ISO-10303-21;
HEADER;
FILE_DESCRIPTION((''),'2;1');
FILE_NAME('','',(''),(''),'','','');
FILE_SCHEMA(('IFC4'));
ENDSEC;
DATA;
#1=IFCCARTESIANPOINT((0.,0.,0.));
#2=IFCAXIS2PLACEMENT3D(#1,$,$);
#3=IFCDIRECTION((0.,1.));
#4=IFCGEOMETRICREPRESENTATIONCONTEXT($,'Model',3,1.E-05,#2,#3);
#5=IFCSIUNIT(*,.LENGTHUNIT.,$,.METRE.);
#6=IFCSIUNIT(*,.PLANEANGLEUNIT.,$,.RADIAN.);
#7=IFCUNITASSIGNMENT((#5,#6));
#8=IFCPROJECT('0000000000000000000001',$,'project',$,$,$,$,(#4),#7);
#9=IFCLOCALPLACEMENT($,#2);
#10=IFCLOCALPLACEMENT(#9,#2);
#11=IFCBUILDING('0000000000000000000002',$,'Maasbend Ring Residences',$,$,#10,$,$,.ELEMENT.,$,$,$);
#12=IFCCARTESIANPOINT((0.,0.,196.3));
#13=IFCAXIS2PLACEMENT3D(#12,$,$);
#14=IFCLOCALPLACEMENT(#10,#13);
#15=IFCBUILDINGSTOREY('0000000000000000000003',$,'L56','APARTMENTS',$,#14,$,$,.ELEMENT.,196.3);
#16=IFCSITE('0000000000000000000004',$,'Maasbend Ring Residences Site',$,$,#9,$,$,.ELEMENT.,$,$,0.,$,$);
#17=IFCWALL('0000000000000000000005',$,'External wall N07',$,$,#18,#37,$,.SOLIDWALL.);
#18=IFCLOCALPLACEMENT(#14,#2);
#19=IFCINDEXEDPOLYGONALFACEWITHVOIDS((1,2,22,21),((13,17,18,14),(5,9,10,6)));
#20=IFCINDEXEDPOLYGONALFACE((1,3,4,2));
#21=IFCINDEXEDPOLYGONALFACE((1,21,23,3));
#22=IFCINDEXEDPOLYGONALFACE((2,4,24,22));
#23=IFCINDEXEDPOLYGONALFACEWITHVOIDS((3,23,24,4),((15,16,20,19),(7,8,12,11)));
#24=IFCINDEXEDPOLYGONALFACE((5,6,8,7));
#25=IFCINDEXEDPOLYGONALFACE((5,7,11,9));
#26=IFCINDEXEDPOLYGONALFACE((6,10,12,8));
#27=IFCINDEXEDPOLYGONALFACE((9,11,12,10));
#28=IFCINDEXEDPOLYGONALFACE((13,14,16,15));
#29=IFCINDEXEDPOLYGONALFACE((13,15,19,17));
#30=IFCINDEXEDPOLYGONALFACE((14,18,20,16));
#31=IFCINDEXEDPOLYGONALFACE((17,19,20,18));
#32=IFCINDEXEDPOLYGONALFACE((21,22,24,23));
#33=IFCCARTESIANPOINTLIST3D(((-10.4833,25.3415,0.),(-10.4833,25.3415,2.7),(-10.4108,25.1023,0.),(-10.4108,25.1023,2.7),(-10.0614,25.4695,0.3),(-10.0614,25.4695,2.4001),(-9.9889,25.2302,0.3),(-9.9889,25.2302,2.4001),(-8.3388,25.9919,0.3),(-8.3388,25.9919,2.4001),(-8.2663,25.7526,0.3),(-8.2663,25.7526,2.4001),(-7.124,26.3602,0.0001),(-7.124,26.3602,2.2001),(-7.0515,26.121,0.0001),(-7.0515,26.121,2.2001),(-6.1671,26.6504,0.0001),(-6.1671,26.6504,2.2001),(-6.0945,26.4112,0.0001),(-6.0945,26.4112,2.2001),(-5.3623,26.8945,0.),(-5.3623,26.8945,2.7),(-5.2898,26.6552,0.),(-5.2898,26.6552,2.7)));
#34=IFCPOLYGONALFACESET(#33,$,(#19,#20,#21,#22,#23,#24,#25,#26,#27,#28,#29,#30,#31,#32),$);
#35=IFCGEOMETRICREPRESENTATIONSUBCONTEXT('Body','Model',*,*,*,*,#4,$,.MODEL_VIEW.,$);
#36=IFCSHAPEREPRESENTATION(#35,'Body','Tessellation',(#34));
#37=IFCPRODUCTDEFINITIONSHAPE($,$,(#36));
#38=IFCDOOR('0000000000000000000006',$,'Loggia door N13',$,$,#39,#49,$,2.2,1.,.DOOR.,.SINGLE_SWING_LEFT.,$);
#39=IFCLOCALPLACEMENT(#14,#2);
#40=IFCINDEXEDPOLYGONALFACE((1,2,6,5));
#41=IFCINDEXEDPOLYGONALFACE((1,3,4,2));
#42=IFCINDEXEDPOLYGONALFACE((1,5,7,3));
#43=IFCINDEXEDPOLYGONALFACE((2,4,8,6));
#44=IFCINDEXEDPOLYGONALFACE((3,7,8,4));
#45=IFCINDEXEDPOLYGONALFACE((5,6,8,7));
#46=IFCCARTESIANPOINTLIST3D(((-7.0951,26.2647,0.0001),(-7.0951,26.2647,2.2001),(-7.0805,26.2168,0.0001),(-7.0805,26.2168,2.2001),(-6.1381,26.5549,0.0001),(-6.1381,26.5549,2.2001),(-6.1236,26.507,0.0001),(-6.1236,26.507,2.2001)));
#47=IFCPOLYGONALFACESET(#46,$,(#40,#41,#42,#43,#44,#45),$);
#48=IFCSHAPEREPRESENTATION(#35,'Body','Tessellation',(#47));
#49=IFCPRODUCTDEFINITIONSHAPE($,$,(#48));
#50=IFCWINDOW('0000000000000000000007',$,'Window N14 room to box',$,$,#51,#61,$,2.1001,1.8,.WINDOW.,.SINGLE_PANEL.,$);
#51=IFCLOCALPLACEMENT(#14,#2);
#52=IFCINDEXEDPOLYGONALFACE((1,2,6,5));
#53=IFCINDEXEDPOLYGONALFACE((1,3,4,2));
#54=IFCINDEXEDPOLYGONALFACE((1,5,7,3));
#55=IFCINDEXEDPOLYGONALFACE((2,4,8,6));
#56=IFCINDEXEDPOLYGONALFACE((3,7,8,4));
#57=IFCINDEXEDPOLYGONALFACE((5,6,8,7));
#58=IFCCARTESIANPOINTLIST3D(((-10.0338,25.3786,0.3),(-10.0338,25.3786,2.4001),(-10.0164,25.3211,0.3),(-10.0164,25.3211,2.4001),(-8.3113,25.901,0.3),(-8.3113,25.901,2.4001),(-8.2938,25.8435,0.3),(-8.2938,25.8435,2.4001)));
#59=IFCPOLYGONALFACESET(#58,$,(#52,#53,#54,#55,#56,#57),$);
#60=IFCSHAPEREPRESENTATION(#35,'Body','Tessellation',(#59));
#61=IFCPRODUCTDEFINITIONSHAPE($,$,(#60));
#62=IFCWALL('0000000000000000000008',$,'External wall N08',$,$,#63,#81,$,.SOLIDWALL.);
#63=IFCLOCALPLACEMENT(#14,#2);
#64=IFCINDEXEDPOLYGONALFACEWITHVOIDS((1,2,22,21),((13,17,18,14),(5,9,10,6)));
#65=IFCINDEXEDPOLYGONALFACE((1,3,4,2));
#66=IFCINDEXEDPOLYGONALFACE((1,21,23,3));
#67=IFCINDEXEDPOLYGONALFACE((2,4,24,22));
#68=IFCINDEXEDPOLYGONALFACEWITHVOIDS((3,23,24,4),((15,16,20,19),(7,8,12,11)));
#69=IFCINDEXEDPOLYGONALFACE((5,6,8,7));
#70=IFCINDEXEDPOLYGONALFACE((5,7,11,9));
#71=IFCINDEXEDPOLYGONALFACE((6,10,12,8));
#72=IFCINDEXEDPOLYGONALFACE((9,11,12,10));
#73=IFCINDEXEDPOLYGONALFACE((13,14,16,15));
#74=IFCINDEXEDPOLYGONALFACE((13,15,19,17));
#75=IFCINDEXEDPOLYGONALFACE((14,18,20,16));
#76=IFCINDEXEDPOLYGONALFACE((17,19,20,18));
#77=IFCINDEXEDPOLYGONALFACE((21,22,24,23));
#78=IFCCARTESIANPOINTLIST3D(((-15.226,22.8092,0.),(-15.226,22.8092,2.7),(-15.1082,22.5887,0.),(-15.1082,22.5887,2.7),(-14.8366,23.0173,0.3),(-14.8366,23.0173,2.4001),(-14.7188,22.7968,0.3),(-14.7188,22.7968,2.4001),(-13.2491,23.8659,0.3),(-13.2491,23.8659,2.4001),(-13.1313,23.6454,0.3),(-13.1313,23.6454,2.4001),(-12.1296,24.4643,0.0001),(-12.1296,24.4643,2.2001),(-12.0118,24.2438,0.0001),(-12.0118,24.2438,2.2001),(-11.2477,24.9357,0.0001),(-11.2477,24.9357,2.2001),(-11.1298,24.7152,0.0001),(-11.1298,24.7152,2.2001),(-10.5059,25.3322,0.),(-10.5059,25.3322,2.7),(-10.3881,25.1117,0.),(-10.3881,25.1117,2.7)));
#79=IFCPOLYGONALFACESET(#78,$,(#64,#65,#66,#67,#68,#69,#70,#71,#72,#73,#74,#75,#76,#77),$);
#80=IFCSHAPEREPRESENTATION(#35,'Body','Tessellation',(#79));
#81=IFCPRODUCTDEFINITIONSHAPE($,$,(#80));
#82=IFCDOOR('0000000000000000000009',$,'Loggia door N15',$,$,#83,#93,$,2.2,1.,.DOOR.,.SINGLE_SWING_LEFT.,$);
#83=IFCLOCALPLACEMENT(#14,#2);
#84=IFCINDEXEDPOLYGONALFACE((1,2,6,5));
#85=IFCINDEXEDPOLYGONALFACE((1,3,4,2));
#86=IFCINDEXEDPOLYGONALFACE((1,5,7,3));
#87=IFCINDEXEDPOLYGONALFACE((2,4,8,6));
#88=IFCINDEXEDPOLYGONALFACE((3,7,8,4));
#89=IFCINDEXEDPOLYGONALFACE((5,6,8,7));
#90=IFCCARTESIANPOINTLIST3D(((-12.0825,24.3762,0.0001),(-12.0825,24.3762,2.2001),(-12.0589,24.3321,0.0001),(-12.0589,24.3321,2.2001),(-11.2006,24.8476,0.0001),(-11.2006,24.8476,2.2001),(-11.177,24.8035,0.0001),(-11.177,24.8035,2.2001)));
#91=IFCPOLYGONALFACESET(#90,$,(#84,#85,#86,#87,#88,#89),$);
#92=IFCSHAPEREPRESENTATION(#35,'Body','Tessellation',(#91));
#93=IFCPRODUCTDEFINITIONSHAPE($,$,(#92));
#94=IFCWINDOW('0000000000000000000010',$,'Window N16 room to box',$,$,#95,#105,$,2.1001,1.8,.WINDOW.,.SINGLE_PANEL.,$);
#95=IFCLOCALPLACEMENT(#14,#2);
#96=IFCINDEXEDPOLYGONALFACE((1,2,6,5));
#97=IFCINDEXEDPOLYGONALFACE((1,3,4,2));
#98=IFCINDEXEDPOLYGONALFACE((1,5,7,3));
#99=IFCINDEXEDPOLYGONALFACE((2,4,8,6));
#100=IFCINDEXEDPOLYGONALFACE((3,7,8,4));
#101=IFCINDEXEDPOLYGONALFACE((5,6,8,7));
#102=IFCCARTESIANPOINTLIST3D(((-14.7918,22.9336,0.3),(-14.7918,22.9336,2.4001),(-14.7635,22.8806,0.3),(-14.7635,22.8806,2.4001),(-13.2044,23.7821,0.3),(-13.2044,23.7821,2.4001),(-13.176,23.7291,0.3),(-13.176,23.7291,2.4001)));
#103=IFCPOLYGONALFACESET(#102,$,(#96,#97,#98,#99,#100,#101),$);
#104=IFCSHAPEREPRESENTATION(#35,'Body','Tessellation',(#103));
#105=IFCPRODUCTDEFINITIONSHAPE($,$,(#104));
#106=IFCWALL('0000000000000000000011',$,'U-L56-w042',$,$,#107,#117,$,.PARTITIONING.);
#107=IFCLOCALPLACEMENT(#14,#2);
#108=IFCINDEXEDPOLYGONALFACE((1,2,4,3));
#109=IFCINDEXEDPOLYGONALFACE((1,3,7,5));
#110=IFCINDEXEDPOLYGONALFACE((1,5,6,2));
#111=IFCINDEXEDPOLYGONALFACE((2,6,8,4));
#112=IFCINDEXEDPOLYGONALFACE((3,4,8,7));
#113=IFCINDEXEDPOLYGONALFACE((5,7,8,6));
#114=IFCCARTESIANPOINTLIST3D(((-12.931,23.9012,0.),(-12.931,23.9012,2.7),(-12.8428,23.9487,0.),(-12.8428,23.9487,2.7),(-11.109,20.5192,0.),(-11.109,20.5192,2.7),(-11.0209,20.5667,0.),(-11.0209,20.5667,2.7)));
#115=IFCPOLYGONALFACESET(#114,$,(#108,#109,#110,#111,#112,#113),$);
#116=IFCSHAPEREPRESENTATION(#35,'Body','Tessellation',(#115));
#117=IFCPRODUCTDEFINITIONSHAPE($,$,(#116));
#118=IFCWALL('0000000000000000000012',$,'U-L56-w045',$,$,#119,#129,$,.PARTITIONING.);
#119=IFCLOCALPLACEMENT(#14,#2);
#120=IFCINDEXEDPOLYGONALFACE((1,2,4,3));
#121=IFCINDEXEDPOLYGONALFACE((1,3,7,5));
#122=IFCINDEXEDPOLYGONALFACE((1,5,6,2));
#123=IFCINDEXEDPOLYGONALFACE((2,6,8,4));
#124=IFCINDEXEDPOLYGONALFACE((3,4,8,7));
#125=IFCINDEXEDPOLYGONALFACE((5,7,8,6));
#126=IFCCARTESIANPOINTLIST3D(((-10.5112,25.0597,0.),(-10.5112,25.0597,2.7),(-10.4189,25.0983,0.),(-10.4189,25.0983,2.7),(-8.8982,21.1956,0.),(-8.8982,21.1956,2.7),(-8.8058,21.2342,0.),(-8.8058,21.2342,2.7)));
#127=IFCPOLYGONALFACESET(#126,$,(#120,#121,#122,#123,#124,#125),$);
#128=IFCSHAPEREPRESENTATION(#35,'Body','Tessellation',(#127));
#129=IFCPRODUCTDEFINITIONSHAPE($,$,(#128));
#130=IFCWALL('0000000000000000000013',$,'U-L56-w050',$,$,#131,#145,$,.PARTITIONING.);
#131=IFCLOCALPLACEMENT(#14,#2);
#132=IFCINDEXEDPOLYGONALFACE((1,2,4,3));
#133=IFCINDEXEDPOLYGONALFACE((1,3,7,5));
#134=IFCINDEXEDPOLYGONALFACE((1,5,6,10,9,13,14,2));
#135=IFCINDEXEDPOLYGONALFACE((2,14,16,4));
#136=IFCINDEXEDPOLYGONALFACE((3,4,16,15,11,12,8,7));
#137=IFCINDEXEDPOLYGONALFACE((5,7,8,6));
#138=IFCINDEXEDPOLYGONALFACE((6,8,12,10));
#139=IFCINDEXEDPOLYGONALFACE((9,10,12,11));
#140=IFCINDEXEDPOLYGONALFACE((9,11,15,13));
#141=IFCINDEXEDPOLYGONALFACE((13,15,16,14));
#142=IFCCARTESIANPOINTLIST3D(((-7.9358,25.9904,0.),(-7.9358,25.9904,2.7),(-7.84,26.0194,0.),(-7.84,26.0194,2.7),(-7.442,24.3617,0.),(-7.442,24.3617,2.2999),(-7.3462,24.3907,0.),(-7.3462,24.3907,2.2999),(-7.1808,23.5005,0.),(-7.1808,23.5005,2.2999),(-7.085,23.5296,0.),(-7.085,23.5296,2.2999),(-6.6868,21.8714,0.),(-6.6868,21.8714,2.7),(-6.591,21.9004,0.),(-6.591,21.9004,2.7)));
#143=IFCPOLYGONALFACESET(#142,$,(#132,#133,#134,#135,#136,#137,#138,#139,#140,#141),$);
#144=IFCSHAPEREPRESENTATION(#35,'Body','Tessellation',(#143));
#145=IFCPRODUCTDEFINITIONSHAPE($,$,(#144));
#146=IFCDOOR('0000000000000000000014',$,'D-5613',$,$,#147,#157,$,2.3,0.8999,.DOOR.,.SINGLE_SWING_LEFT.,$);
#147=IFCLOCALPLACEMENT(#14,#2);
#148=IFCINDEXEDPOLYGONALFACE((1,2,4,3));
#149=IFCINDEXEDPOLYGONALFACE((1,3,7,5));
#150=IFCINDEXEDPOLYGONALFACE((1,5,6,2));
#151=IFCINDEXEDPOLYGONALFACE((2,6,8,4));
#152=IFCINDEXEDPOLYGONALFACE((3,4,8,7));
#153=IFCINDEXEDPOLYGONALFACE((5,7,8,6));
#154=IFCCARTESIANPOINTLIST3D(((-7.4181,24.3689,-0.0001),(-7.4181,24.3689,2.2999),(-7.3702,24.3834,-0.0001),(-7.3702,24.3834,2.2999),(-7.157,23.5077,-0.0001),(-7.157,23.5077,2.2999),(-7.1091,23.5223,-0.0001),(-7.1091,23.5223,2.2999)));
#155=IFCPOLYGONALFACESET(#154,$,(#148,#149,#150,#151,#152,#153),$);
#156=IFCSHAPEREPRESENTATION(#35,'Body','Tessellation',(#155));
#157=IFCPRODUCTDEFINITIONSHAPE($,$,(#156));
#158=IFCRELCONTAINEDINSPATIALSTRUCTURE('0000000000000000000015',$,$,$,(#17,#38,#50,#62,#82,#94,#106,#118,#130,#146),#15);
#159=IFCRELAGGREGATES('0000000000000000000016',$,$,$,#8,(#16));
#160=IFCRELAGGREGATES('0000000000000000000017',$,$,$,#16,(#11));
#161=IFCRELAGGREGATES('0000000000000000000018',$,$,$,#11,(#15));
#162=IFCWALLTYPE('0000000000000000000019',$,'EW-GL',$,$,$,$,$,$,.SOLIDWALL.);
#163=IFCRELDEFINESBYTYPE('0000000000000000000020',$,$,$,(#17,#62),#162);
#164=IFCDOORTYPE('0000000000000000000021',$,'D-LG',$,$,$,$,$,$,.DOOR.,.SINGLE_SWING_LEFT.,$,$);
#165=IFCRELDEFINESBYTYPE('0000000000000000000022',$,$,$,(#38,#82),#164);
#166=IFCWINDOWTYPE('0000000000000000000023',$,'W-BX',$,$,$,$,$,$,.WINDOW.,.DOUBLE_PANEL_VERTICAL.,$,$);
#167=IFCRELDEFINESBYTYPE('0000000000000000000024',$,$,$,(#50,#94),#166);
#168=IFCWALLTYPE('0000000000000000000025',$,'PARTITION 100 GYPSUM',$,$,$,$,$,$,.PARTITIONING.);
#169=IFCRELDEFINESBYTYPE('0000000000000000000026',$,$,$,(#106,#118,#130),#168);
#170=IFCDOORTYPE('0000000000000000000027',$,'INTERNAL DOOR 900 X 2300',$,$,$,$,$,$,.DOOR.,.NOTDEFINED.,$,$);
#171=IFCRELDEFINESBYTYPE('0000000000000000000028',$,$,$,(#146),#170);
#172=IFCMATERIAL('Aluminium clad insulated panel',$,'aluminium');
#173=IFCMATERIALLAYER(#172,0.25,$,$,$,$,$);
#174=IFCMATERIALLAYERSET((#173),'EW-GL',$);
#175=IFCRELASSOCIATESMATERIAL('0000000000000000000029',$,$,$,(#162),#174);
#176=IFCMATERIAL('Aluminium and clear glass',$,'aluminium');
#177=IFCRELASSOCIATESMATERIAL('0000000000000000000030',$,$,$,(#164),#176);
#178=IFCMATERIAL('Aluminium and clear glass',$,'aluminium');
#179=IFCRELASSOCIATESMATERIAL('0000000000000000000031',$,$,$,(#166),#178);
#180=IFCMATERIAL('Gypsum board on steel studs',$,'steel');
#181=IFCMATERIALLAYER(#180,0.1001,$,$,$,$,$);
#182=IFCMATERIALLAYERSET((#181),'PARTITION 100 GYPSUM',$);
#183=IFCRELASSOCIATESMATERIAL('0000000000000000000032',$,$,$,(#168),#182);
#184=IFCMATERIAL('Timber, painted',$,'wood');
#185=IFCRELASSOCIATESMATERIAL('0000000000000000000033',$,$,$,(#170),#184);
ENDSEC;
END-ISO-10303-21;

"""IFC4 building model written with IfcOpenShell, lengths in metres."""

from ifc_helpers import new_model, si_unit, direction, frame, frame_2d, origin, place, context, subcontext, project, spatial, rectangle, extrude, material, layer, layer_set, type_object, element, fill, save


model = new_model("IFC4")

# Units and contexts
model_context = context("Model", 3, precision=1e-05, world=origin(), true_north=direction((0.0, 1.0)))
body_context = subcontext(model_context, "Body", "Model", "MODEL_VIEW")
ifc_project = project(units=[si_unit("LENGTHUNIT", "METRE"), si_unit("PLANEANGLEUNIT", "RADIAN")], contexts=[model_context])

# Site, building, storey
site_placement = place(None, origin())
site = spatial("IfcSite", under=ifc_project, at=site_placement, Name="Maasbend Ring Residences Site", CompositionType="ELEMENT", RefElevation=0.0)
building_placement = place(site_placement, origin())
building = spatial("IfcBuilding", under=site, at=building_placement, Name="Maasbend Ring Residences", CompositionType="ELEMENT")
storey_placement = place(building_placement, frame((0.0, 0.0, 196.3)))
storey = spatial("IfcBuildingStorey", under=building, at=storey_placement, Name="L56", Description="APARTMENTS", CompositionType="ELEMENT", Elevation=196.3)

# Walls, openings, doors, windows
ifc_material_1 = material(Name="Aluminium clad insulated panel", Category="aluminium")
ifc_layer_1 = layer(ifc_material_1, 0.25)
ifc_layer_set_1 = layer_set([ifc_layer_1], Name="EW-GL")
wall_type_1 = type_object("IfcWallType", Name="EW-GL", PredefinedType="SOLIDWALL", material=ifc_layer_set_1)
wall_1_placement = place(storey_placement, frame((-5.3259, 26.7749, 0.0), z_axis=(0.0, 0.0, 1.0), x_axis=(-0.956966, -0.290201, 0.0)))
wall_1 = element("IfcWall", 1, at=wall_1_placement, inside=storey, type_object=wall_type_1, Name="External wall N07", PredefinedType="SOLIDWALL", context=body_context, shape_type="SweptSolid", body=[
    extrude(rectangle(XDim=5.3513, YDim=0.25, at=frame_2d((2.6758, 0.0))), origin(), (0.0, 0.0, 1.0), 2.7),
])
opening_1_placement = place(wall_1_placement, frame((0.8411, 0.0, 0.0)))
opening_1 = element("IfcOpeningElement", 2, at=opening_1_placement, cuts=wall_1, PredefinedType="OPENING", context=body_context, shape_type="SweptSolid", body=[
    extrude(rectangle(XDim=1.0, YDim=2.2, at=frame_2d((0.5, 1.1001))), frame((0.0, 0.135, 0.0), z_axis=(0.0, -1.0, 0.0), x_axis=(1.0, 0.0, 0.0)), (0.0, 0.0, 1.0), 0.27),
])
opening_2_placement = place(wall_1_placement, frame((3.1106, 0.0, 0.3)))
opening_2 = element("IfcOpeningElement", 3, at=opening_2_placement, cuts=wall_1, PredefinedType="OPENING", context=body_context, shape_type="SweptSolid", body=[
    extrude(rectangle(XDim=1.8, YDim=2.1001, at=frame_2d((0.8999, 1.05))), frame((0.0, 0.135, 0.0), z_axis=(0.0, -1.0, 0.0), x_axis=(1.0, 0.0, 0.0)), (0.0, 0.0, 1.0), 0.27),
])
ifc_material_2 = material(Name="Aluminium and clear glass", Category="aluminium")
door_type_1 = type_object("IfcDoorType", Name="D-LG", OperationType="SINGLE_SWING_LEFT", PredefinedType="DOOR", material=ifc_material_2)
door_1_placement = place(opening_1_placement, origin())
door_1 = element("IfcDoor", 4, at=door_1_placement, inside=storey, type_object=door_type_1, Name="Loggia door N13", OperationType="SINGLE_SWING_LEFT", OverallHeight=2.2, OverallWidth=1.0, PredefinedType="DOOR", context=body_context, shape_type="SweptSolid", body=[
    extrude(rectangle(XDim=1.0, YDim=2.2, at=frame_2d((0.5, 1.1001))), frame((0.0, 0.0249, 0.0), z_axis=(0.0, -1.0, 0.0), x_axis=(1.0, 0.0, 0.0)), (0.0, 0.0, 1.0), 0.05),
])
fill(opening_1, door_1)
ifc_material_3 = material(Name="Aluminium and clear glass", Category="aluminium")
window_type_1 = type_object("IfcWindowType", Name="W-BX", PartitioningType="DOUBLE_PANEL_VERTICAL", PredefinedType="WINDOW", material=ifc_material_3)
window_1_placement = place(opening_2_placement, origin())
window_1 = element("IfcWindow", 5, at=window_1_placement, inside=storey, type_object=window_type_1, Name="Window N14 room to box", OverallHeight=2.1001, OverallWidth=1.8, PartitioningType="SINGLE_PANEL", PredefinedType="WINDOW", context=body_context, shape_type="SweptSolid", body=[
    extrude(rectangle(XDim=1.8, YDim=2.1001, at=frame_2d((0.8999, 1.05))), frame((0.0, 0.03, 0.0), z_axis=(0.0, -1.0, 0.0), x_axis=(1.0, 0.0, 0.0)), (0.0, 0.0, 1.0), 0.0601),
])
fill(opening_2, window_1)
wall_2_placement = place(storey_placement, frame((-10.447, 25.2219, 0.0), z_axis=(0.0, 0.0, 1.0), x_axis=(-0.881916, -0.471407, 0.0)))
wall_2 = element("IfcWall", 6, at=wall_2_placement, inside=storey, type_object=wall_type_1, Name="External wall N08", PredefinedType="SOLIDWALL", context=body_context, shape_type="SweptSolid", body=[
    extrude(rectangle(XDim=5.3521, YDim=0.25, at=frame_2d((2.676, 0.0))), origin(), (0.0, 0.0, 1.0), 2.7),
])
opening_3_placement = place(wall_2_placement, frame((0.8411, 0.0, 0.0)))
opening_3 = element("IfcOpeningElement", 7, at=opening_3_placement, cuts=wall_2, PredefinedType="OPENING", context=body_context, shape_type="SweptSolid", body=[
    extrude(rectangle(XDim=1.0, YDim=2.2, at=frame_2d((0.5, 1.1001))), frame((0.0, 0.135, 0.0), z_axis=(0.0, -1.0, 0.0), x_axis=(1.0, 0.0, 0.0)), (0.0, 0.0, 1.0), 0.27),
])
opening_4_placement = place(wall_2_placement, frame((3.1106, 0.0, 0.3)))
opening_4 = element("IfcOpeningElement", 8, at=opening_4_placement, cuts=wall_2, PredefinedType="OPENING", context=body_context, shape_type="SweptSolid", body=[
    extrude(rectangle(XDim=1.8, YDim=2.1001, at=frame_2d((0.8999, 1.05))), frame((0.0, 0.135, 0.0), z_axis=(0.0, -1.0, 0.0), x_axis=(1.0, 0.0, 0.0)), (0.0, 0.0, 1.0), 0.27),
])
door_2_placement = place(opening_3_placement, origin())
door_2 = element("IfcDoor", 9, at=door_2_placement, inside=storey, type_object=door_type_1, Name="Loggia door N15", OperationType="SINGLE_SWING_LEFT", OverallHeight=2.2, OverallWidth=1.0, PredefinedType="DOOR", context=body_context, shape_type="SweptSolid", body=[
    extrude(rectangle(XDim=1.0, YDim=2.2, at=frame_2d((0.5, 1.1001))), frame((0.0, 0.0249, 0.0), z_axis=(0.0, -1.0, 0.0), x_axis=(1.0, 0.0, 0.0)), (0.0, 0.0, 1.0), 0.05),
])
fill(opening_3, door_2)
window_2_placement = place(opening_4_placement, origin())
window_2 = element("IfcWindow", 10, at=window_2_placement, inside=storey, type_object=window_type_1, Name="Window N16 room to box", OverallHeight=2.1001, OverallWidth=1.8, PartitioningType="SINGLE_PANEL", PredefinedType="WINDOW", context=body_context, shape_type="SweptSolid", body=[
    extrude(rectangle(XDim=1.8, YDim=2.1001, at=frame_2d((0.8999, 1.05))), frame((0.0, 0.03, 0.0), z_axis=(0.0, -1.0, 0.0), x_axis=(1.0, 0.0, 0.0)), (0.0, 0.0, 1.0), 0.0601),
])
fill(opening_4, window_2)

# Walls
ifc_material_4 = material(Name="Gypsum board on steel studs", Category="steel")
ifc_layer_2 = layer(ifc_material_4, 0.1001)
ifc_layer_set_2 = layer_set([ifc_layer_2], Name="PARTITION 100 GYPSUM")
wall_type_2 = type_object("IfcWallType", Name="PARTITION 100 GYPSUM", PredefinedType="PARTITIONING", material=ifc_layer_set_2)
wall_3_placement = place(storey_placement, frame((-12.887, 23.925, 0.0), z_axis=(0.0, 0.0, 1.0), x_axis=(0.474282, -0.880373, 0.0)))
element("IfcWall", 11, at=wall_3_placement, inside=storey, type_object=wall_type_2, Name="U-L56-w042", PredefinedType="PARTITIONING", context=body_context, shape_type="SweptSolid", body=[
    extrude(rectangle(XDim=3.8416, YDim=0.1001, at=frame_2d((1.9209, 0.0))), origin(), (0.0, 0.0, 1.0), 2.7),
])
wall_4_placement = place(storey_placement, frame((-10.4651, 25.0791, 0.0), z_axis=(0.0, 0.0, 1.0), x_axis=(0.385232, -0.92282, 0.0)))
element("IfcWall", 12, at=wall_4_placement, inside=storey, type_object=wall_type_2, Name="U-L56-w045", PredefinedType="PARTITIONING", context=body_context, shape_type="SweptSolid", body=[
    extrude(rectangle(XDim=4.1873, YDim=0.1001, at=frame_2d((2.0938, 0.0))), origin(), (0.0, 0.0, 1.0), 2.7),
])

# Wall, opening, door
wall_5_placement = place(storey_placement, frame((-7.8879, 26.0049, 0.0), z_axis=(0.0, 0.0, 1.0), x_axis=(0.290193, -0.956968, 0.0)))
wall_5 = element("IfcWall", 13, at=wall_5_placement, inside=storey, type_object=wall_type_2, Name="U-L56-w050", PredefinedType="PARTITIONING", context=body_context, shape_type="SweptSolid", body=[
    extrude(rectangle(XDim=4.3042, YDim=0.1001, at=frame_2d((2.1521, 0.0))), origin(), (0.0, 0.0, 1.0), 2.7),
])
opening_5_placement = place(wall_5_placement, frame((1.7019, 0.0, 0.0)))
opening_5 = element("IfcOpeningElement", 14, at=opening_5_placement, cuts=wall_5, PredefinedType="OPENING", context=body_context, shape_type="SweptSolid", body=[
    extrude(rectangle(XDim=0.8999, YDim=2.3, at=frame_2d((0.45, 1.1499))), frame((0.0, 0.0601, 0.0), z_axis=(0.0, -1.0, 0.0), x_axis=(1.0, 0.0, 0.0)), (0.0, 0.0, 1.0), 0.1201),
])
ifc_material_5 = material(Name="Timber, painted", Category="wood")
door_type_2 = type_object("IfcDoorType", Name="INTERNAL DOOR 900 X 2300", OperationType="NOTDEFINED", PredefinedType="DOOR", material=ifc_material_5)
door_3_placement = place(opening_5_placement, origin())
door_3 = element("IfcDoor", 15, at=door_3_placement, inside=storey, type_object=door_type_2, Name="D-5613", OperationType="SINGLE_SWING_LEFT", OverallHeight=2.3, OverallWidth=0.8999, PredefinedType="DOOR", context=body_context, shape_type="SweptSolid", body=[
    extrude(rectangle(XDim=0.8999, YDim=2.3, at=frame_2d((0.45, 1.1499))), frame((0.0, 0.0249, 0.0), z_axis=(0.0, -1.0, 0.0), x_axis=(1.0, 0.0, 0.0)), (0.0, 0.0, 1.0), 0.05),
])
fill(opening_5, door_3)

save(model, "model.ifc")
